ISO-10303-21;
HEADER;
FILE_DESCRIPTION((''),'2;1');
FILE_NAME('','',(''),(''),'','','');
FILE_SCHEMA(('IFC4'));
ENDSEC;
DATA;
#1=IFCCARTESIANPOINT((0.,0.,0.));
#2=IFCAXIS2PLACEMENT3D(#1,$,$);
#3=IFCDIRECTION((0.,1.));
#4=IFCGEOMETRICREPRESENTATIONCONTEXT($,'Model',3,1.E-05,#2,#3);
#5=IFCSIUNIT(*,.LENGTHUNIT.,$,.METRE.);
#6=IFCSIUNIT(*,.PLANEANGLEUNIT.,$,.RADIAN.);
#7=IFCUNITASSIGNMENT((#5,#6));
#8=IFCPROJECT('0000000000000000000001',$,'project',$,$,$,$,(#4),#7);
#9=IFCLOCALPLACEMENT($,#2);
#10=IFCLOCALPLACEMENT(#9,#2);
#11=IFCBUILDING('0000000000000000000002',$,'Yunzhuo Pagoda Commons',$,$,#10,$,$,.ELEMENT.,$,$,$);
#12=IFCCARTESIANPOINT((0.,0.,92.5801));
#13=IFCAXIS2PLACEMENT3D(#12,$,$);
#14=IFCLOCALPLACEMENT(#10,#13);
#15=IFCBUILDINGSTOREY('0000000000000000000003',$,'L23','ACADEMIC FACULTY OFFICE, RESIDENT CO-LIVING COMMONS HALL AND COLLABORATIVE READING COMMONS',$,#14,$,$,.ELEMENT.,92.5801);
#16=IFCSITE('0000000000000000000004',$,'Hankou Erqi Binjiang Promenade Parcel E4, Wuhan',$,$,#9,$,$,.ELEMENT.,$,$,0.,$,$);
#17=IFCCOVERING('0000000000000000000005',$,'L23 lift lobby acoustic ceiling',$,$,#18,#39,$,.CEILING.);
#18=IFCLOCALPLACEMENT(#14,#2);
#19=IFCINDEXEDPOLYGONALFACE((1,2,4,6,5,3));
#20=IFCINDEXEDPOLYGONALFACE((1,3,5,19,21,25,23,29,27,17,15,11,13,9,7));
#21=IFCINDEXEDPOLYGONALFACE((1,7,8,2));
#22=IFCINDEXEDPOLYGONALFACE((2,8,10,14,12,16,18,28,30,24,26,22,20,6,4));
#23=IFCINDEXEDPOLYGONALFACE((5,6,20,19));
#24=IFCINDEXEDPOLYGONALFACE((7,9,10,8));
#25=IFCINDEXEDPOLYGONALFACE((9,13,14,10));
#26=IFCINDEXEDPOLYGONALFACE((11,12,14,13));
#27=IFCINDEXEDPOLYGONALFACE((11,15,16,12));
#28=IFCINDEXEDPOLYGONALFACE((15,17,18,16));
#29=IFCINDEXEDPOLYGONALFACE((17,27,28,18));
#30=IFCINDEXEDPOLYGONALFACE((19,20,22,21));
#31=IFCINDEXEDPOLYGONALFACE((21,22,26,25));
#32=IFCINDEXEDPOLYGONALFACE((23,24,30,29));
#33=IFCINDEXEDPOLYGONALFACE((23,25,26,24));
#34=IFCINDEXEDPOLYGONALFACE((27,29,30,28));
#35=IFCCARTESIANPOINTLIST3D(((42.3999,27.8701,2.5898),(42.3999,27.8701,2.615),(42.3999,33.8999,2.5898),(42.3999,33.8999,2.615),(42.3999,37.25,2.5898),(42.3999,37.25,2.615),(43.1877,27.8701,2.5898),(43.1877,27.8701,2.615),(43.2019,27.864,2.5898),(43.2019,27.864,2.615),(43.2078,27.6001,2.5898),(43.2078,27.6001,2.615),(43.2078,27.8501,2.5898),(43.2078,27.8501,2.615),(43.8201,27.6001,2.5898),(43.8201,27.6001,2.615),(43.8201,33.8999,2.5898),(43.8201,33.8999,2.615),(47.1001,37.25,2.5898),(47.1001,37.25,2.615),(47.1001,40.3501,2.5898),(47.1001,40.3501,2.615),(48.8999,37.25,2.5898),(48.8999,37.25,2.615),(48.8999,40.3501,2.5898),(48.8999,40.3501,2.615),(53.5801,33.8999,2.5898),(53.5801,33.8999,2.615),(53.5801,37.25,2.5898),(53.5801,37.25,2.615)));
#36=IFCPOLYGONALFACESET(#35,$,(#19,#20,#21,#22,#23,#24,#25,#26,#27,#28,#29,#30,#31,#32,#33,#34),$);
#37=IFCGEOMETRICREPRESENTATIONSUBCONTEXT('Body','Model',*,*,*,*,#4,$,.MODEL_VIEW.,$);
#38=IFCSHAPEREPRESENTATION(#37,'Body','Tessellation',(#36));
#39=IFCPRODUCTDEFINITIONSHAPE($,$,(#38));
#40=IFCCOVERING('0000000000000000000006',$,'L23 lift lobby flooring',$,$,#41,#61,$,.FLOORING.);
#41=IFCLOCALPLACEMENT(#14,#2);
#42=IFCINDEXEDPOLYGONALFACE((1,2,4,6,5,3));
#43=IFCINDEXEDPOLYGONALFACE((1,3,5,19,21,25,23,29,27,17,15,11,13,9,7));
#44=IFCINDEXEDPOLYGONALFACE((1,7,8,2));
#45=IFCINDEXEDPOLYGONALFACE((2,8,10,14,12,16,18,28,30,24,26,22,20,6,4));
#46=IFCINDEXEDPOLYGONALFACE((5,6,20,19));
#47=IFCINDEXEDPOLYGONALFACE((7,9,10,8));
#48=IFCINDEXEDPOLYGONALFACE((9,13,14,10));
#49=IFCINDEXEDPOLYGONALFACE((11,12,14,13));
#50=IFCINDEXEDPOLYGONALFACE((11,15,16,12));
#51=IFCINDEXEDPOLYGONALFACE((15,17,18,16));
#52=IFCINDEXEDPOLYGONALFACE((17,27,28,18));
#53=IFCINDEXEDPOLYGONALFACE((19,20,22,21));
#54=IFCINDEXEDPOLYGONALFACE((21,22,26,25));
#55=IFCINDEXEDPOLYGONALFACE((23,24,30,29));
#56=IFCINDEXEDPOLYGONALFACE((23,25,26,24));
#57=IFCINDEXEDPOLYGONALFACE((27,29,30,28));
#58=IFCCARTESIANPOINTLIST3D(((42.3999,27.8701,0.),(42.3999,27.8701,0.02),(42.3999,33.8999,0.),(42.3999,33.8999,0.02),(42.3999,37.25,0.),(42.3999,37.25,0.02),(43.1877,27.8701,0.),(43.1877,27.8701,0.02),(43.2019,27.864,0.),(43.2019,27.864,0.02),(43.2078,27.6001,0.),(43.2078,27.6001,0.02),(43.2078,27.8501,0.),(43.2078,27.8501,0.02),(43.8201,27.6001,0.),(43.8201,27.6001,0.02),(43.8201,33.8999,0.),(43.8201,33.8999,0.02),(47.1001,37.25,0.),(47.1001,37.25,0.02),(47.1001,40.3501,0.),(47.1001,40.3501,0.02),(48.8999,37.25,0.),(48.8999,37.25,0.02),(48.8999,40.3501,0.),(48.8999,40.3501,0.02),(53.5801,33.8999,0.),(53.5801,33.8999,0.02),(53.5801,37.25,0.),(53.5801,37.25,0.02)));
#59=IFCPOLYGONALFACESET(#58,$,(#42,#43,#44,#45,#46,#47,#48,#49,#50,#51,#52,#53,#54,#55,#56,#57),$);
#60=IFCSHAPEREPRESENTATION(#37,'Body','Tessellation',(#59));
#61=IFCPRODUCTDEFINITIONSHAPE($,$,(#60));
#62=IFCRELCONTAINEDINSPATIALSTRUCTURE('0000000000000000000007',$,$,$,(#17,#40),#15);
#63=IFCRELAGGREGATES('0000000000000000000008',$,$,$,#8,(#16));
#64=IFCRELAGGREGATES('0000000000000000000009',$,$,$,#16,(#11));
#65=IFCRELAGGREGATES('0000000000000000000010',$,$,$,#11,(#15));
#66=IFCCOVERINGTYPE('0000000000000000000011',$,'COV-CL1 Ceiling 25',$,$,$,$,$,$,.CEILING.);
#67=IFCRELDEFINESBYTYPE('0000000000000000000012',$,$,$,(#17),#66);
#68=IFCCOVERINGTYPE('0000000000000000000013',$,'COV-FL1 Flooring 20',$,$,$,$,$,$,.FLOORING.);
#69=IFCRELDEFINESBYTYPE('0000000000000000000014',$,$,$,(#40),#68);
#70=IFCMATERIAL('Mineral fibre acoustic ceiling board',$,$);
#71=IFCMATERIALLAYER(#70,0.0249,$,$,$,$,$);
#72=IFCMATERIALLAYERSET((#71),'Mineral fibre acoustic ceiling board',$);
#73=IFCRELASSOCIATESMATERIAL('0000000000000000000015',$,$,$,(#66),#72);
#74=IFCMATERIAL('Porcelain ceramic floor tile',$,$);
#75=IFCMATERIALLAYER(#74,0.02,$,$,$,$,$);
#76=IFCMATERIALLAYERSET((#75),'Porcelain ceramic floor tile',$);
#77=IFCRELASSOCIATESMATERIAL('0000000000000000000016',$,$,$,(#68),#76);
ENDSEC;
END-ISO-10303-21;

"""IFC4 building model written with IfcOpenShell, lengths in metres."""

from ifc_helpers import new_model, si_unit, direction, frame, origin, place, context, subcontext, project, spatial, polyline, outline, extrude, material, layer, layer_set, type_object, element, save


model = new_model("IFC4")

# Units and contexts
model_context = context("Model", 3, precision=1e-05, world=origin(), true_north=direction((0.0, 1.0)))
body_context = subcontext(model_context, "Body", "Model", "MODEL_VIEW")
ifc_project = project(units=[si_unit("LENGTHUNIT", "METRE"), si_unit("PLANEANGLEUNIT", "RADIAN")], contexts=[model_context])

# Site, building, storey
site_placement = place(None, origin())
site = spatial("IfcSite", under=ifc_project, at=site_placement, Name="Hankou Erqi Binjiang Promenade Parcel E4, Wuhan", CompositionType="ELEMENT", RefElevation=0.0)
building_placement = place(site_placement, origin())
building = spatial("IfcBuilding", under=site, at=building_placement, Name="Yunzhuo Pagoda Commons", CompositionType="ELEMENT")
storey_placement = place(building_placement, frame((0.0, 0.0, 92.5801)))
storey = spatial("IfcBuildingStorey", under=building, at=storey_placement, Name="L23", Description="ACADEMIC FACULTY OFFICE, RESIDENT CO-LIVING COMMONS HALL AND COLLABORATIVE READING COMMONS", CompositionType="ELEMENT", Elevation=92.5801)

# Coverings
ifc_material_1 = material(Name="Mineral fibre acoustic ceiling board")
ifc_layer_1 = layer(ifc_material_1, 0.0249)
ifc_layer_set_1 = layer_set([ifc_layer_1], Name="Mineral fibre acoustic ceiling board")
covering_type_1 = type_object("IfcCoveringType", Name="COV-CL1 Ceiling 25", PredefinedType="CEILING", material=ifc_layer_set_1)
covering_1_placement = place(storey_placement, frame((0.0, 0.0, 2.5898)))
element("IfcCovering", 1, at=covering_1_placement, inside=storey, type_object=covering_type_1, Name="L23 lift lobby acoustic ceiling", PredefinedType="CEILING", context=body_context, shape_type="SweptSolid", body=[
    extrude(outline(polyline([(43.2078, 27.8501), (43.2019, 27.864), (43.1877, 27.8701), (42.3999, 27.8701), (42.3999, 33.8999), (42.3999, 37.25), (47.1001, 37.25), (47.1001, 40.3501), (48.8999, 40.3501), (48.8999, 37.25), (53.5801, 37.25), (53.5801, 33.8999), (43.8201, 33.8999), (43.8201, 27.6001), (43.2078, 27.6001), (43.2078, 27.8501)])), origin(), (0.0, 0.0, 1.0), 0.0251),
])
ifc_material_2 = material(Name="Porcelain ceramic floor tile")
ifc_layer_2 = layer(ifc_material_2, 0.02)
ifc_layer_set_2 = layer_set([ifc_layer_2], Name="Porcelain ceramic floor tile")
covering_type_2 = type_object("IfcCoveringType", Name="COV-FL1 Flooring 20", PredefinedType="FLOORING", material=ifc_layer_set_2)
covering_2_placement = place(storey_placement, origin())
element("IfcCovering", 2, at=covering_2_placement, inside=storey, type_object=covering_type_2, Name="L23 lift lobby flooring", PredefinedType="FLOORING", context=body_context, shape_type="SweptSolid", body=[
    extrude(outline(polyline([(43.2078, 27.8501), (43.2019, 27.864), (43.1877, 27.8701), (42.3999, 27.8701), (42.3999, 33.8999), (42.3999, 37.25), (47.1001, 37.25), (47.1001, 40.3501), (48.8999, 40.3501), (48.8999, 37.25), (53.5801, 37.25), (53.5801, 33.8999), (43.8201, 33.8999), (43.8201, 27.6001), (43.2078, 27.6001), (43.2078, 27.8501)])), origin(), (0.0, 0.0, 1.0), 0.02),
])

save(model, "model.ifc")
